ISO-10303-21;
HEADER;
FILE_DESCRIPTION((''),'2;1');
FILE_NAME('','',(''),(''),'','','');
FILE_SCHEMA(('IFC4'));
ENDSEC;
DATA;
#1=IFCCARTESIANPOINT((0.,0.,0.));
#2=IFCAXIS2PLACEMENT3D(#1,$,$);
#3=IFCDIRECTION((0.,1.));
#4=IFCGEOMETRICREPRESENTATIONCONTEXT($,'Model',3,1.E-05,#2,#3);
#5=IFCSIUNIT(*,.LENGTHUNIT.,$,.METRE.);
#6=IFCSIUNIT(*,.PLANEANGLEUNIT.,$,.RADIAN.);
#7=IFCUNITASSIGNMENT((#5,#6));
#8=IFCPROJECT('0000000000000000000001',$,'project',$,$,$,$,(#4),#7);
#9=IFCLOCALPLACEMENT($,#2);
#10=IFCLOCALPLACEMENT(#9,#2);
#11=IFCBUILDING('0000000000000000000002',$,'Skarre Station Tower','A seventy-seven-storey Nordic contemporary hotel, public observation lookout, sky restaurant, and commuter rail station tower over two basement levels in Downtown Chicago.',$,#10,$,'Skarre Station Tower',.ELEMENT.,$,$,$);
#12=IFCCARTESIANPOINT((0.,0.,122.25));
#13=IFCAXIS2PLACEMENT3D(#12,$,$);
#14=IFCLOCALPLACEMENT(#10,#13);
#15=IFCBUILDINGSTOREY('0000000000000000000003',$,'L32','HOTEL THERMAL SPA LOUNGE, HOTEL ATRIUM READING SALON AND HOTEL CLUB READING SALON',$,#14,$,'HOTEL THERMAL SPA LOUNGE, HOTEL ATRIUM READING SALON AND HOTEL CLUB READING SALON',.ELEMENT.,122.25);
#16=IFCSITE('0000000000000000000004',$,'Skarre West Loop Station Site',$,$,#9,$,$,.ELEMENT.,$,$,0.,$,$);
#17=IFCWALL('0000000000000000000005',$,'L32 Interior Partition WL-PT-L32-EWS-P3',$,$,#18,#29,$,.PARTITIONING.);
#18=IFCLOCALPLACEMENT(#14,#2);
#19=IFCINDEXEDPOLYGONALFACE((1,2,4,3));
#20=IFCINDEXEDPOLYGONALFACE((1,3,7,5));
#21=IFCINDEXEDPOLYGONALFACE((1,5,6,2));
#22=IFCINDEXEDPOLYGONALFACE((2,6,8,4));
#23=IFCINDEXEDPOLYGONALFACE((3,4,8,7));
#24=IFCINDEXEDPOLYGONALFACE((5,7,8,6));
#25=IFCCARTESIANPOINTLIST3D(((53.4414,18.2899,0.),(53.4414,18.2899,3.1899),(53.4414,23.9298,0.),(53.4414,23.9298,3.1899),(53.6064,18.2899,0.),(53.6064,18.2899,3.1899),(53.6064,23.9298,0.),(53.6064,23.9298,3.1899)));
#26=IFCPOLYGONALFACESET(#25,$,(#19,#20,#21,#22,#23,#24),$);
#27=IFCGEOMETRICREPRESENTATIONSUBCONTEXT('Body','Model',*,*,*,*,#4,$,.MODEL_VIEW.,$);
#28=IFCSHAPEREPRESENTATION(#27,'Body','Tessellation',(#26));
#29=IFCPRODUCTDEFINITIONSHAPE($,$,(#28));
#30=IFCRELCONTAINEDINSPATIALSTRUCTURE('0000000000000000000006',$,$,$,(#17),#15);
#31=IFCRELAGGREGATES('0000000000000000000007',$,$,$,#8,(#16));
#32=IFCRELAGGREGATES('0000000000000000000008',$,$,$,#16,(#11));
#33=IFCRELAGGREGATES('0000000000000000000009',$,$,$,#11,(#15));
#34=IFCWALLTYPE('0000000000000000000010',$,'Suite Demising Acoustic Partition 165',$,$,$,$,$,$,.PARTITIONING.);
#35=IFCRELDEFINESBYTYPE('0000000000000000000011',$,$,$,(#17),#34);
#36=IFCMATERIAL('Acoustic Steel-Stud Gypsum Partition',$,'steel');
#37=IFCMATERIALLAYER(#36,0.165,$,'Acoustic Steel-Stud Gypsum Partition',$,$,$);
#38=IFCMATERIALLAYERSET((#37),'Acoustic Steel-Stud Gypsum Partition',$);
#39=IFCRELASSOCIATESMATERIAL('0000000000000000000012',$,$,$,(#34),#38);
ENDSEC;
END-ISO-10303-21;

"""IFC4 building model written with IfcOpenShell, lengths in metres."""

from ifc_helpers import new_model, si_unit, direction, frame, frame_2d, origin, place, context, subcontext, project, spatial, rectangle, extrude, material, layer, layer_set, type_object, element, save


model = new_model("IFC4")

# Units and contexts
model_context = context("Model", 3, precision=1e-05, world=origin(), true_north=direction((0.0, 1.0)))
body_context = subcontext(model_context, "Body", "Model", "MODEL_VIEW")
ifc_project = project(units=[si_unit("LENGTHUNIT", "METRE"), si_unit("PLANEANGLEUNIT", "RADIAN")], contexts=[model_context])

# Site, building, storey
site_placement = place(None, origin())
site = spatial("IfcSite", under=ifc_project, at=site_placement, Name="Skarre West Loop Station Site", CompositionType="ELEMENT", RefElevation=0.0)
building_placement = place(site_placement, origin())
building = spatial("IfcBuilding", under=site, at=building_placement, Name="Skarre Station Tower", Description="A seventy-seven-storey Nordic contemporary hotel, public observation lookout, sky restaurant, and commuter rail station tower over two basement levels in Downtown Chicago.", LongName="Skarre Station Tower", CompositionType="ELEMENT")
storey_placement = place(building_placement, frame((0.0, 0.0, 122.25)))
storey = spatial("IfcBuildingStorey", under=building, at=storey_placement, Name="L32", Description="HOTEL THERMAL SPA LOUNGE, HOTEL ATRIUM READING SALON AND HOTEL CLUB READING SALON", LongName="HOTEL THERMAL SPA LOUNGE, HOTEL ATRIUM READING SALON AND HOTEL CLUB READING SALON", CompositionType="ELEMENT", Elevation=122.25)

# Shared definitions
ifc_material_1 = material(Name="Acoustic Steel-Stud Gypsum Partition", Category="steel")

# Wall
ifc_layer_1 = layer(ifc_material_1, 0.165, Name="Acoustic Steel-Stud Gypsum Partition")
ifc_layer_set_1 = layer_set([ifc_layer_1], Name="Acoustic Steel-Stud Gypsum Partition")
wall_type_1 = type_object("IfcWallType", Name="Suite Demising Acoustic Partition 165", PredefinedType="PARTITIONING", material=ifc_layer_set_1)
wall_1_placement = place(storey_placement, frame((53.5239, 18.29, 0.0), z_axis=(0.0, 0.0, 1.0), x_axis=(0.0, 1.0, 0.0)))
element("IfcWall", 1, at=wall_1_placement, inside=storey, type_object=wall_type_1, Name="L32 Interior Partition WL-PT-L32-EWS-P3", PredefinedType="PARTITIONING", context=body_context, shape_type="SweptSolid", body=[
    extrude(rectangle(XDim=5.6399, YDim=0.165, at=frame_2d((2.8198, 0.0))), origin(), (0.0, 0.0, 1.0), 3.1899),
])

save(model, "model.ifc")
